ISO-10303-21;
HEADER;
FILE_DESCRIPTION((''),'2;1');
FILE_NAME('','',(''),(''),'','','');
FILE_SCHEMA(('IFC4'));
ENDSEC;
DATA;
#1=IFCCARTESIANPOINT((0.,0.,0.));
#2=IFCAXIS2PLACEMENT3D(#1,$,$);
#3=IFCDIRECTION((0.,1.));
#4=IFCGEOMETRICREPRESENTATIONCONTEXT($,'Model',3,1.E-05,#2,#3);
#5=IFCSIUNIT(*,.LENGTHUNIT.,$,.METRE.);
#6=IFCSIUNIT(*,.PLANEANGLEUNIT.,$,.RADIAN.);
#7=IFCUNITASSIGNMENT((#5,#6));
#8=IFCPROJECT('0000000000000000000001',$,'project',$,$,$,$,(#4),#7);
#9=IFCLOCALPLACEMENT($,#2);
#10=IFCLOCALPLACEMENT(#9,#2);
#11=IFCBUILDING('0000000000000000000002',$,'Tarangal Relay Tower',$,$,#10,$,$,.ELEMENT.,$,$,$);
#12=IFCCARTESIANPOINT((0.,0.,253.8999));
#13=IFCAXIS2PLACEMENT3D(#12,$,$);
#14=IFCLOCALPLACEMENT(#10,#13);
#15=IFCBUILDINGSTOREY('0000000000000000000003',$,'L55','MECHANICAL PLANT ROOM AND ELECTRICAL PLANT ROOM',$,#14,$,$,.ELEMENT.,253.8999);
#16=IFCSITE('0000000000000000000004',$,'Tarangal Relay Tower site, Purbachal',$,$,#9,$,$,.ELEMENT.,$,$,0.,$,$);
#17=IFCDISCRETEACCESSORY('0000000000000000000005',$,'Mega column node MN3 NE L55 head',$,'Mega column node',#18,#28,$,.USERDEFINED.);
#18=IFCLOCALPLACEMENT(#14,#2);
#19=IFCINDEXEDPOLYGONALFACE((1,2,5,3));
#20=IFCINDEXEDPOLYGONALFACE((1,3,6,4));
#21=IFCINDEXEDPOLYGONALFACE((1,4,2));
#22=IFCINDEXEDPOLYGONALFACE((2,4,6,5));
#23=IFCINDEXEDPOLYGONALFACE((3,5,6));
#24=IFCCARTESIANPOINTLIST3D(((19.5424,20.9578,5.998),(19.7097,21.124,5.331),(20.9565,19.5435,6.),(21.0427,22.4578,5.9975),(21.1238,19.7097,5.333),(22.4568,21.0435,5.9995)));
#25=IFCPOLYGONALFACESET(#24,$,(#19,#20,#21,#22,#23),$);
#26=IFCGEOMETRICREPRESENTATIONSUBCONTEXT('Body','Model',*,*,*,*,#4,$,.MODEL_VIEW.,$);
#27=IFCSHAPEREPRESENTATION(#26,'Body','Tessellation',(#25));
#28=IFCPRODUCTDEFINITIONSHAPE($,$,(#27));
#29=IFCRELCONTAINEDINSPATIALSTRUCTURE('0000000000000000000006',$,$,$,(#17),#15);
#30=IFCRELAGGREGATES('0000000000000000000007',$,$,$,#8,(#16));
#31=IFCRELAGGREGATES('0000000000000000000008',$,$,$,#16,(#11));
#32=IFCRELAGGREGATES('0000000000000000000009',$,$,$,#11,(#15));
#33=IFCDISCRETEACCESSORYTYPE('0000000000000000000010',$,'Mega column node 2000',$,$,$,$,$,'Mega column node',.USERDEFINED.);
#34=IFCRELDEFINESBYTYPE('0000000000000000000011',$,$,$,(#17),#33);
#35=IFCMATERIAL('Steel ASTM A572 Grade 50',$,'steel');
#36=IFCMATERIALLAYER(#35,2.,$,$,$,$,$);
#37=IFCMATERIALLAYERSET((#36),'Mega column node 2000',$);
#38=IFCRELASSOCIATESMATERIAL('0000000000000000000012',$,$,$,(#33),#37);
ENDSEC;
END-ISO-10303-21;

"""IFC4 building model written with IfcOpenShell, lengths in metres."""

from ifc_helpers import new_model, si_unit, direction, frame, origin, place, context, subcontext, project, spatial, polyline, outline, extrude, material, layer, layer_set, type_object, element, save


model = new_model("IFC4")

# Units and contexts
model_context = context("Model", 3, precision=1e-05, world=origin(), true_north=direction((0.0, 1.0)))
body_context = subcontext(model_context, "Body", "Model", "MODEL_VIEW")
ifc_project = project(units=[si_unit("LENGTHUNIT", "METRE"), si_unit("PLANEANGLEUNIT", "RADIAN")], contexts=[model_context])

# Site, building, storey
site_placement = place(None, origin())
site = spatial("IfcSite", under=ifc_project, at=site_placement, Name="Tarangal Relay Tower site, Purbachal", CompositionType="ELEMENT", RefElevation=0.0)
building_placement = place(site_placement, origin())
building = spatial("IfcBuilding", under=site, at=building_placement, Name="Tarangal Relay Tower", CompositionType="ELEMENT")
storey_placement = place(building_placement, frame((0.0, 0.0, 253.8999)))
storey = spatial("IfcBuildingStorey", under=building, at=storey_placement, Name="L55", Description="MECHANICAL PLANT ROOM AND ELECTRICAL PLANT ROOM", CompositionType="ELEMENT", Elevation=253.8999)

# Shared definitions
ifc_material_1 = material(Name="Steel ASTM A572 Grade 50", Category="steel")

# Discrete accessory
ifc_layer_1 = layer(ifc_material_1, 2.0)
ifc_layer_set_1 = layer_set([ifc_layer_1], Name="Mega column node 2000")
discrete_accessory_type = type_object("IfcDiscreteAccessoryType", Name="Mega column node 2000", ElementType="Mega column node", PredefinedType="USERDEFINED", material=ifc_layer_set_1)
discrete_accessory_1_placement = place(storey_placement, frame((22.4568, 21.0435, 5.9995), z_axis=(0.707049, -0.707164, 0.001007), x_axis=(-0.666504, -0.66687, -0.333252)))
element("IfcDiscreteAccessory", 1, at=discrete_accessory_1_placement, inside=storey, type_object=discrete_accessory_type, Name="Mega column node MN3 NE L55 head", ObjectType="Mega column node", PredefinedType="USERDEFINED", context=body_context, shape_type="SweptSolid", body=[
    extrude(outline(polyline([(0.0, 0.0), (2.0, 0.0), (2.0001, -0.7075), (0.0, 0.0)])), origin(), (0.0, 0.0, -1.0), 2.0),
])

save(model, "model.ifc")
